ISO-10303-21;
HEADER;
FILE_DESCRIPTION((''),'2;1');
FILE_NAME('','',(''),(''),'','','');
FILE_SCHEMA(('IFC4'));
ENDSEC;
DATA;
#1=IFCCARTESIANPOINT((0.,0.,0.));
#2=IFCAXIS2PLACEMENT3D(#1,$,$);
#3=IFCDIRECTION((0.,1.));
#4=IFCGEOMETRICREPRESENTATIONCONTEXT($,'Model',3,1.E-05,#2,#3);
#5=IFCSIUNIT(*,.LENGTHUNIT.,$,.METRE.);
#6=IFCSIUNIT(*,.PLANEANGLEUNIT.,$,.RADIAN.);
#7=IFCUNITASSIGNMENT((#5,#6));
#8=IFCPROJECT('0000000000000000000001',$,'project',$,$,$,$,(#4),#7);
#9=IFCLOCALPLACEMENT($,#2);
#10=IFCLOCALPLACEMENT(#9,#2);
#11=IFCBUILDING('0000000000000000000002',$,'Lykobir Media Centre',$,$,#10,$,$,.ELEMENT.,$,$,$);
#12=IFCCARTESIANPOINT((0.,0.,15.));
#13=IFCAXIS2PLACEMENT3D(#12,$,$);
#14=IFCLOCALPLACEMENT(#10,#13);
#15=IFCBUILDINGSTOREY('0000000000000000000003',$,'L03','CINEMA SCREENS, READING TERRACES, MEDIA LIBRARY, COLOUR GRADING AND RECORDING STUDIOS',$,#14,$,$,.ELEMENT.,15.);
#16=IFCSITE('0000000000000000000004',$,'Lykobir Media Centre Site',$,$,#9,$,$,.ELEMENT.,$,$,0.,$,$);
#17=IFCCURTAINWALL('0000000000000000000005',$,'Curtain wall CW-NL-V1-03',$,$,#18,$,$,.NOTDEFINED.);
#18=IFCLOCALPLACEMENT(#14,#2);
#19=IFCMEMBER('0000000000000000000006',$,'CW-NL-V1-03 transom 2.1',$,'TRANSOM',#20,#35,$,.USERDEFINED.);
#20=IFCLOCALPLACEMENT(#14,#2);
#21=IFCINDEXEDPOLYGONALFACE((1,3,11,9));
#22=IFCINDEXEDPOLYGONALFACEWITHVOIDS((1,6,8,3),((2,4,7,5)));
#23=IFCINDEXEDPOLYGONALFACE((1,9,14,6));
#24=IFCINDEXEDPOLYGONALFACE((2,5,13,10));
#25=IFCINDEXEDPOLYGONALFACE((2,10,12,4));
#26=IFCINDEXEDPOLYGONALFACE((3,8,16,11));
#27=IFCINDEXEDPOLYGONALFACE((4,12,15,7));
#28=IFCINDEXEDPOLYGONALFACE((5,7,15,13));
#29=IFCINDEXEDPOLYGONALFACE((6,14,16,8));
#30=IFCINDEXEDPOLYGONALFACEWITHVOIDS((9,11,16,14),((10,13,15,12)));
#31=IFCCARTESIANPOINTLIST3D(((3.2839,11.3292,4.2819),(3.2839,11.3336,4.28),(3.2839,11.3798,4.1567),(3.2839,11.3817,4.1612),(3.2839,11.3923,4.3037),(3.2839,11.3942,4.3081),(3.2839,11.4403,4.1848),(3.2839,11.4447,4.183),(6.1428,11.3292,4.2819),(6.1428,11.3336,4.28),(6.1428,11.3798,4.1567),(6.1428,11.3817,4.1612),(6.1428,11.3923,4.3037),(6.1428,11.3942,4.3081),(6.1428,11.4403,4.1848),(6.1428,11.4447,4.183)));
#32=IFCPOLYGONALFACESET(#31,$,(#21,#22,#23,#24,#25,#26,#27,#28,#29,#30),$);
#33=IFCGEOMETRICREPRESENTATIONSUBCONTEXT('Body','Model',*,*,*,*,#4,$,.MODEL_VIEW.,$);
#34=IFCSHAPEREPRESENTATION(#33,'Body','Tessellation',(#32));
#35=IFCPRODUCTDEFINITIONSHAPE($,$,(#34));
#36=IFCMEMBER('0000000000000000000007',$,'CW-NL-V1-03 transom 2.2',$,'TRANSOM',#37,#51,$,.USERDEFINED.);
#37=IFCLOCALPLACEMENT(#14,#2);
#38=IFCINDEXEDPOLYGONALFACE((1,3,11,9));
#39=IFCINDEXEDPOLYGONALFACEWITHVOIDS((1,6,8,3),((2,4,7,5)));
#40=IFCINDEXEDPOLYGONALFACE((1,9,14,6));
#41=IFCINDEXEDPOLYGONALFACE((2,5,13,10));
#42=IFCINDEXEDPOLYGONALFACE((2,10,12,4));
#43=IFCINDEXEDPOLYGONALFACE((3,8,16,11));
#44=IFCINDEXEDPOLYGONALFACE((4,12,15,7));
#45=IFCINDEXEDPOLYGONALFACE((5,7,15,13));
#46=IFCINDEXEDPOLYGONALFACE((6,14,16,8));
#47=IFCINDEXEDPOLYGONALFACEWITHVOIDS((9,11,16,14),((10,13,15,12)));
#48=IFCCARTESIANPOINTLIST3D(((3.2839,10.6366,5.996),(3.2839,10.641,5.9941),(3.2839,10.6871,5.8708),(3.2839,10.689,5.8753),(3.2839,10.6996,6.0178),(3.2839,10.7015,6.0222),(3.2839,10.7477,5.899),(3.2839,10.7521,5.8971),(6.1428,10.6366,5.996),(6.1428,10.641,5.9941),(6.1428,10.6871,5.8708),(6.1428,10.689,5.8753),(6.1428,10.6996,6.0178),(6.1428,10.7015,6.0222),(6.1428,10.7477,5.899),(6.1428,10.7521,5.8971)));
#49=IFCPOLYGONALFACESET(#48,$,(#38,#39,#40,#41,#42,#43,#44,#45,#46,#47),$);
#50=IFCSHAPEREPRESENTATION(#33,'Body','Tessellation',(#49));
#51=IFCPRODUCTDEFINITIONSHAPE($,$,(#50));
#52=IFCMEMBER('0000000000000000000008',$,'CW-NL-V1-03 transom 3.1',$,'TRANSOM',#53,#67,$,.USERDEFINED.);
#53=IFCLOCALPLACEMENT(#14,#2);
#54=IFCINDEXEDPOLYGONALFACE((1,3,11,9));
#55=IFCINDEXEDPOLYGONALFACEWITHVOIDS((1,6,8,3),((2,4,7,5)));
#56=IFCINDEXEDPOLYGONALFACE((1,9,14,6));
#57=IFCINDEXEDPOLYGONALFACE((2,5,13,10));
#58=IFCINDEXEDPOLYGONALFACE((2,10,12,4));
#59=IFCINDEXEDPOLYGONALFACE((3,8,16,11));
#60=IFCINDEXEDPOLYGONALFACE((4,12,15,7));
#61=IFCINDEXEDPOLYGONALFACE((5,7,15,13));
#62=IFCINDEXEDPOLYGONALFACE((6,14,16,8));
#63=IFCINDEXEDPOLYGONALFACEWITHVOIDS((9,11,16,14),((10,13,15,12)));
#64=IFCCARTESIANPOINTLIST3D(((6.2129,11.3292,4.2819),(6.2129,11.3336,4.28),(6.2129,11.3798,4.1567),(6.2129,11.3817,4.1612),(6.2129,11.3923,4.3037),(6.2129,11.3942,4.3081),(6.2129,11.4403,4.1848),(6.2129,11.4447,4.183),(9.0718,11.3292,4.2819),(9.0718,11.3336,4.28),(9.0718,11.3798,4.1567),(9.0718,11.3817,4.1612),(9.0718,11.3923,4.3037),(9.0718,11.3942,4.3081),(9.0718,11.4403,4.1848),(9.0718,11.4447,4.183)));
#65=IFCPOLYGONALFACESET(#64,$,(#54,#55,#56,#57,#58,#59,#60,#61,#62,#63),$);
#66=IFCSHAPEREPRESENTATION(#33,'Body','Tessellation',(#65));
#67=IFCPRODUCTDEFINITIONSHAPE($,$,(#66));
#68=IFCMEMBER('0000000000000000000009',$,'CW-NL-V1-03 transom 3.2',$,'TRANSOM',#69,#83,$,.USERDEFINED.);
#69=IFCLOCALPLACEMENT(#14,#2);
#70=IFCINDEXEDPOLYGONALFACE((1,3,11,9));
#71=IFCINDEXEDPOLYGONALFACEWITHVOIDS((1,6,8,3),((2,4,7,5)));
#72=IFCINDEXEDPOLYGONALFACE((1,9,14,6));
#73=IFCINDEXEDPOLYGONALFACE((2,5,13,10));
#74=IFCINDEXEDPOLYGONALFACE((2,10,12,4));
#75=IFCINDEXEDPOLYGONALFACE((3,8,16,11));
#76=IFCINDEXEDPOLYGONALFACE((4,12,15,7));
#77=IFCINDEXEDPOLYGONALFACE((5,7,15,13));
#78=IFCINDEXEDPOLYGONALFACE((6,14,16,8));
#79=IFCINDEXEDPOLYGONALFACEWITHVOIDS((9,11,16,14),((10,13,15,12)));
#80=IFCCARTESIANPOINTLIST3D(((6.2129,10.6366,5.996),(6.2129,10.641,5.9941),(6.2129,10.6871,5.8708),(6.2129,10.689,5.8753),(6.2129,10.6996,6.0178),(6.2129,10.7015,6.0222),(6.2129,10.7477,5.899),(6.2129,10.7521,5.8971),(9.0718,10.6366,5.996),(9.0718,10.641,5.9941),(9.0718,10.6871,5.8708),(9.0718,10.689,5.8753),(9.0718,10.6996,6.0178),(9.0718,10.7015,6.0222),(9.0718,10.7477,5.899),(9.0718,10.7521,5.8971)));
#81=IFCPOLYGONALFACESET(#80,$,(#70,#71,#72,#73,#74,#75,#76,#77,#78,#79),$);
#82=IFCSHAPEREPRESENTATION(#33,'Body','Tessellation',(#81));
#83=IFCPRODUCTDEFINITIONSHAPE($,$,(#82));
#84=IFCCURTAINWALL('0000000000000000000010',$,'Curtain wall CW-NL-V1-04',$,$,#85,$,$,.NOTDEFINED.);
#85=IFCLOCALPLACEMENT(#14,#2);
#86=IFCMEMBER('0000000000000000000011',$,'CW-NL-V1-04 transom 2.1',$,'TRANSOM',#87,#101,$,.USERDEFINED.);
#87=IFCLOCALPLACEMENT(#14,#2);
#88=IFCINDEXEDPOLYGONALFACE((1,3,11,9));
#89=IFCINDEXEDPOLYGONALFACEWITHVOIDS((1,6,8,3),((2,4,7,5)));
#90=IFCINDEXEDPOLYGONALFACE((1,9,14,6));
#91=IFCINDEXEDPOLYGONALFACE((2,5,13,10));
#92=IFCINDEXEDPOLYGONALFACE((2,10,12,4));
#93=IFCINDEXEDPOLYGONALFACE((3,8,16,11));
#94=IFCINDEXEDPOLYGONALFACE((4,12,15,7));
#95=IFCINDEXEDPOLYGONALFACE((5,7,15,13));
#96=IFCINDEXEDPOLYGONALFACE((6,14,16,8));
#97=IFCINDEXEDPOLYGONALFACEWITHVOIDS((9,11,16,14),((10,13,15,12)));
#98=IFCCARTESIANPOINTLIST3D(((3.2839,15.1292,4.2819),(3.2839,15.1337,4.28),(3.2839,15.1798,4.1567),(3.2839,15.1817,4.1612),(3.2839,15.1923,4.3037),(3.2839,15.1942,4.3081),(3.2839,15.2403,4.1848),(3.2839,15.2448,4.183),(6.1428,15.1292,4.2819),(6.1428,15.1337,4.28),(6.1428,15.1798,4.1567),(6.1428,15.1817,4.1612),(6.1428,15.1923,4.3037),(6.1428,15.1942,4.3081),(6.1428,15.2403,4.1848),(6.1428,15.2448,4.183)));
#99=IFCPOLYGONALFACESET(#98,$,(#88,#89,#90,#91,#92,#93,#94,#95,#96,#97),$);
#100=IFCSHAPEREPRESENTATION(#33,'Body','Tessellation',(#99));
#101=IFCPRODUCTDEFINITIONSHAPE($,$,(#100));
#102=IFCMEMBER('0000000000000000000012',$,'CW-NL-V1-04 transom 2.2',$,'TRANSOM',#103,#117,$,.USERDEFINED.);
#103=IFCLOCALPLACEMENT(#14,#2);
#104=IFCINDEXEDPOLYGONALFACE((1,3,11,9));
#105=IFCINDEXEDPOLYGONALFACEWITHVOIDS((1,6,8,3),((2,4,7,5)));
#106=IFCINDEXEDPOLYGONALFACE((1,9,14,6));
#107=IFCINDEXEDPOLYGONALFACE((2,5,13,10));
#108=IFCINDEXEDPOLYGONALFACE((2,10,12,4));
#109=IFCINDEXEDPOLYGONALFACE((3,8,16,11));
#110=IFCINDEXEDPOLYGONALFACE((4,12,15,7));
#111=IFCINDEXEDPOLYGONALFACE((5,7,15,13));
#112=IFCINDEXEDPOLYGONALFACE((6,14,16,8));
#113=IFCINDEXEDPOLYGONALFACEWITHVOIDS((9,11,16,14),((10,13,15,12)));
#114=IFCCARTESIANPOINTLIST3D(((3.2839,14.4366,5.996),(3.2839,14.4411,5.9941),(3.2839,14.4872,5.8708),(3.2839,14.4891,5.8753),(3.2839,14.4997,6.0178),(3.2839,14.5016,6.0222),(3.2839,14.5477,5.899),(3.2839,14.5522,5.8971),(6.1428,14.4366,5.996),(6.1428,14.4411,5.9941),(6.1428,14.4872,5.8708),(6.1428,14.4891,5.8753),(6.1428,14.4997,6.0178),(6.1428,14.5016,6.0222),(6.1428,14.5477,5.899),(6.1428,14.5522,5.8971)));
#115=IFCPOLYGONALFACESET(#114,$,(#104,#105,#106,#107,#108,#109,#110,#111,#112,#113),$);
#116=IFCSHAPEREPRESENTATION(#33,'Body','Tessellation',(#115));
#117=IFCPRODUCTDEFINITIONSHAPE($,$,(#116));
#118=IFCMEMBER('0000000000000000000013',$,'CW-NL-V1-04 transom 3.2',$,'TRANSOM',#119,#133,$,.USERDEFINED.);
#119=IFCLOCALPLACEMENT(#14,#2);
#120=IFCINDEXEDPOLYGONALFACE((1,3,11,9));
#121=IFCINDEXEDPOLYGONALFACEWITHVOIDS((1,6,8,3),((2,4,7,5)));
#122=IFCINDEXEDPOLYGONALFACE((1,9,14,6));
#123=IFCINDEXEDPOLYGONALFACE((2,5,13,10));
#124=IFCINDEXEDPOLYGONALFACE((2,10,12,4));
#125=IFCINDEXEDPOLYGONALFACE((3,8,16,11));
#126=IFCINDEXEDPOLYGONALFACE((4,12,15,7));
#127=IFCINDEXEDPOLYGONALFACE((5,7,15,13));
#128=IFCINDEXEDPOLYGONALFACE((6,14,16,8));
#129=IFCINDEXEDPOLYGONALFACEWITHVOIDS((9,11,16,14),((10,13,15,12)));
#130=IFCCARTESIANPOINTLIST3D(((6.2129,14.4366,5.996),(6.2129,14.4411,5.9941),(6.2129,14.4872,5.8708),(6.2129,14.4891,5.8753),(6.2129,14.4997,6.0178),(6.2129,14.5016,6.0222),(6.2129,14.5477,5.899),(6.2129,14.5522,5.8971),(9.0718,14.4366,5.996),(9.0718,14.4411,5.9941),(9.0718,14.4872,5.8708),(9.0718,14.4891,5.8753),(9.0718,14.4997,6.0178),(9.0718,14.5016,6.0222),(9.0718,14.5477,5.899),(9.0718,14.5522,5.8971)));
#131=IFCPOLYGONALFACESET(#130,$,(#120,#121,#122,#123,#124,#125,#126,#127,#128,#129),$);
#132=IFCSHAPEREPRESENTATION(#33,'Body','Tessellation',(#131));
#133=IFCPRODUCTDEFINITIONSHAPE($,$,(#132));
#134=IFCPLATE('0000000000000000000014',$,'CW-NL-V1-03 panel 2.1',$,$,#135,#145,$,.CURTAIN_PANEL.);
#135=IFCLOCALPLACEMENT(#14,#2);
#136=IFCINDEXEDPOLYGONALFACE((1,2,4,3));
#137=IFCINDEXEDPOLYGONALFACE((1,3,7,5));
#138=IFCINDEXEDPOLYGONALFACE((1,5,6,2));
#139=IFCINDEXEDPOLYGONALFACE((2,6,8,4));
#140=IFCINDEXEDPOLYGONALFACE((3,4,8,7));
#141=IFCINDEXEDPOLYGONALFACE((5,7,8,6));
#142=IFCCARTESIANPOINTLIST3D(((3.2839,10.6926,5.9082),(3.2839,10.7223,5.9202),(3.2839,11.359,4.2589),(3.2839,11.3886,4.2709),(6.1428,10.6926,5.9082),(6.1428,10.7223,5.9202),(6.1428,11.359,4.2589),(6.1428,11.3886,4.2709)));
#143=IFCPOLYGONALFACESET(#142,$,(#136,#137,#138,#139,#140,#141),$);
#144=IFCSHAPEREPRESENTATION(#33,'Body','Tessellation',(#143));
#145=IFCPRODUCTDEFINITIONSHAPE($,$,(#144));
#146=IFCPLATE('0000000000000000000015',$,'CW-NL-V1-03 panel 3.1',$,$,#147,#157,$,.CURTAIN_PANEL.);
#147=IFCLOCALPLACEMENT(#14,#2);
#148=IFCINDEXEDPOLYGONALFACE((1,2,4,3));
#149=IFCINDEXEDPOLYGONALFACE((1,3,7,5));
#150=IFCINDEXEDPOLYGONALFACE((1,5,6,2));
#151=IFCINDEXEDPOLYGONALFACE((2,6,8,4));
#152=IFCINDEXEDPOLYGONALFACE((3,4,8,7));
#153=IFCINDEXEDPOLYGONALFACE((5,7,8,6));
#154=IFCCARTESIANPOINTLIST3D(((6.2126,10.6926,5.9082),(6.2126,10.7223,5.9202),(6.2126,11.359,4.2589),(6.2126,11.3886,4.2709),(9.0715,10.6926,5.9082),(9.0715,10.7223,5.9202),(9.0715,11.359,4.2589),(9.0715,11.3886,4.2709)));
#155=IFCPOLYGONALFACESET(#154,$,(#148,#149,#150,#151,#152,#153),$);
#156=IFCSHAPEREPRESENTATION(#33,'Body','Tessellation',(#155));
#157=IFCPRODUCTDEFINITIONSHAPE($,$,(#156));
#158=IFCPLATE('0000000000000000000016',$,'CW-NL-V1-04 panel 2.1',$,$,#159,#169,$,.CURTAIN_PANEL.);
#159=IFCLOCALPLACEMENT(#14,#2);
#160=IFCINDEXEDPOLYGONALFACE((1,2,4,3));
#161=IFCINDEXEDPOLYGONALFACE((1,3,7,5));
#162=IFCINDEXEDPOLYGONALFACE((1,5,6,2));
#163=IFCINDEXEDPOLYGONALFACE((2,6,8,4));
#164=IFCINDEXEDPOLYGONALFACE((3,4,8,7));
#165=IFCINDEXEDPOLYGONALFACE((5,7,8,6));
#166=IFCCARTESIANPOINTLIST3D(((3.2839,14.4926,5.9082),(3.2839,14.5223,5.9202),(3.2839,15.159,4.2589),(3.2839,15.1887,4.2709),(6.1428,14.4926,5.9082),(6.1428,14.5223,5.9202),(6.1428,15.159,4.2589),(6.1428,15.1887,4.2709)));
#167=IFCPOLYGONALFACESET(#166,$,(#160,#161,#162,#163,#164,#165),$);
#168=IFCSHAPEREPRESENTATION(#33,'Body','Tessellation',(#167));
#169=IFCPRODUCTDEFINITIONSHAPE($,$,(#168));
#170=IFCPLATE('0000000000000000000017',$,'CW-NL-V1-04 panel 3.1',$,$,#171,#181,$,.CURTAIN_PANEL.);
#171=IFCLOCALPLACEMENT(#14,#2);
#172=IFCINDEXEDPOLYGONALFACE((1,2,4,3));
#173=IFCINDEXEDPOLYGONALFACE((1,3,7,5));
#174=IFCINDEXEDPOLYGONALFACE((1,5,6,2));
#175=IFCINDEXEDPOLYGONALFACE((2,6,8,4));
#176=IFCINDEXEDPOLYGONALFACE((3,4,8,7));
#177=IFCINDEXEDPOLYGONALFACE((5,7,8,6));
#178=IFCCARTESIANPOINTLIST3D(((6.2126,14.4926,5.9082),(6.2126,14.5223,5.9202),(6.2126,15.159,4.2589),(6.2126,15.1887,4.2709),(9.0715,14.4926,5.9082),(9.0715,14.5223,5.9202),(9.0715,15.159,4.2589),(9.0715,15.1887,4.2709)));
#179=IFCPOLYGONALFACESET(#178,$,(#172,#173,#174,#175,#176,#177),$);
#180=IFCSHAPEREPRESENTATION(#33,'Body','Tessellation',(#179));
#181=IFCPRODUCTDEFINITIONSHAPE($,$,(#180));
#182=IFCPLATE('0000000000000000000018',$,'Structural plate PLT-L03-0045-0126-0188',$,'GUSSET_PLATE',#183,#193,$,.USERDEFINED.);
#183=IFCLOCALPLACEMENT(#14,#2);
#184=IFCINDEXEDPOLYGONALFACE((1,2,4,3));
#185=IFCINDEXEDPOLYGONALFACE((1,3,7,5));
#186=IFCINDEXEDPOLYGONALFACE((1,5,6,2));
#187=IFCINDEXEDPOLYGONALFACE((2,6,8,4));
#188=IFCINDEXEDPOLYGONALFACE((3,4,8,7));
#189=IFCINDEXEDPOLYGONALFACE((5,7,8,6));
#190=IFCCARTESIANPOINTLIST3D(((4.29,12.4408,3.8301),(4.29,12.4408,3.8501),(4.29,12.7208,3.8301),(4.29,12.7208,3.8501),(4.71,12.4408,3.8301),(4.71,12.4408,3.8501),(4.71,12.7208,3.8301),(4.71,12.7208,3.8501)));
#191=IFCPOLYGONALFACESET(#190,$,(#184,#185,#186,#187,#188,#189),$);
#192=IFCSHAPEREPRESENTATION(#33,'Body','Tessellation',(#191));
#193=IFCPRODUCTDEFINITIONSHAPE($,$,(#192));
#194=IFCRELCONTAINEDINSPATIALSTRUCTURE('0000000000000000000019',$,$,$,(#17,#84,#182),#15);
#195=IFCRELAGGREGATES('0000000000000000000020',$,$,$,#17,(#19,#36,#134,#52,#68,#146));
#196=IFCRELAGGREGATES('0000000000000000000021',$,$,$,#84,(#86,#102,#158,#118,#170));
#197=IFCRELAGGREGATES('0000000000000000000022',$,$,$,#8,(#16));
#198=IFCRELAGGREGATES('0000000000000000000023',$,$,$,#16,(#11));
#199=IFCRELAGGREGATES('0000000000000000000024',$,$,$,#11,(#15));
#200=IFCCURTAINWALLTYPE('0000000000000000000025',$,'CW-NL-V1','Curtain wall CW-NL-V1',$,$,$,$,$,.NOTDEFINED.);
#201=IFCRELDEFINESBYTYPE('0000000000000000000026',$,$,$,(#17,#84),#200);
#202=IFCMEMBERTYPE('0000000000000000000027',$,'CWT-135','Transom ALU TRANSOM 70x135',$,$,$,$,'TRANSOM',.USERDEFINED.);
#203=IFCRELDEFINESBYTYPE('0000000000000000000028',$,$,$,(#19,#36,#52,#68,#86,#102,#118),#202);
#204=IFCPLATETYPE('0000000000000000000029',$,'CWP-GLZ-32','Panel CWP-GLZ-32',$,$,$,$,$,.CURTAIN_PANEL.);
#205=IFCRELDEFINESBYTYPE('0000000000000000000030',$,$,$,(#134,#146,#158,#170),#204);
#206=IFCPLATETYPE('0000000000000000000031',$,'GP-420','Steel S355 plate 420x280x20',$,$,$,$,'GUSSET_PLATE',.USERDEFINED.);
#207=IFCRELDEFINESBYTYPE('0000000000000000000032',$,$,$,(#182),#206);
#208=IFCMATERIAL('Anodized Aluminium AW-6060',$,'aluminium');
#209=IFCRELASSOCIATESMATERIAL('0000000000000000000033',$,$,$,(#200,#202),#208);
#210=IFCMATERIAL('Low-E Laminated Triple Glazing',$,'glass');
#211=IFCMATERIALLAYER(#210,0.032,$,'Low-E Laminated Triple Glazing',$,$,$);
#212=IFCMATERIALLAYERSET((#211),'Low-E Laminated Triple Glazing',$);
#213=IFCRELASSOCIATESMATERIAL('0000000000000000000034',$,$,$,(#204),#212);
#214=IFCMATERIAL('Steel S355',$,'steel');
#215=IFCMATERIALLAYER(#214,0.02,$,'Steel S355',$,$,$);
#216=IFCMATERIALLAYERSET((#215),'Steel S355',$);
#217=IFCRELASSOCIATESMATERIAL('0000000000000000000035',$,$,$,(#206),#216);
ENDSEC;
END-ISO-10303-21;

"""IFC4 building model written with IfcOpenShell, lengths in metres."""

from ifc_helpers import new_model, si_unit, direction, frame, origin, origin_2d, place, context, subcontext, project, spatial, rectangle, hollow_rectangle, extrude, material, layer, layer_set, material_profile, profile_set, type_object, element, aggregate, save


model = new_model("IFC4")

# Units and contexts
model_context = context("Model", 3, precision=1e-05, world=origin(), true_north=direction((0.0, 1.0)))
body_context = subcontext(model_context, "Body", "Model", "MODEL_VIEW")
ifc_project = project(units=[si_unit("LENGTHUNIT", "METRE"), si_unit("PLANEANGLEUNIT", "RADIAN")], contexts=[model_context])

# Site, building, storey
site_placement = place(None, origin())
site = spatial("IfcSite", under=ifc_project, at=site_placement, Name="Lykobir Media Centre Site", CompositionType="ELEMENT", RefElevation=0.0)
building_placement = place(site_placement, origin())
building = spatial("IfcBuilding", under=site, at=building_placement, Name="Lykobir Media Centre", CompositionType="ELEMENT")
storey_placement = place(building_placement, frame((0.0, 0.0, 15.0)))
storey = spatial("IfcBuildingStorey", under=building, at=storey_placement, Name="L03", Description="CINEMA SCREENS, READING TERRACES, MEDIA LIBRARY, COLOUR GRADING AND RECORDING STUDIOS", CompositionType="ELEMENT", Elevation=15.0)

# Shared definitions
ifc_material_1 = material(Name="Steel S355", Category="steel")

# Curtain walls, members
ifc_material_2 = material(Name="Anodized Aluminium AW-6060", Category="aluminium")
curtain_wall_type = type_object("IfcCurtainWallType", Name="CW-NL-V1", Description="Curtain wall CW-NL-V1", PredefinedType="NOTDEFINED", material=ifc_material_2)
curtain_wall_1_placement = place(storey_placement, origin())
curtain_wall_1 = element("IfcCurtainWall", 1, at=curtain_wall_1_placement, inside=storey, type_object=curtain_wall_type, Name="Curtain wall CW-NL-V1-03", PredefinedType="NOTDEFINED")
ifc_material_profile_1 = material_profile(ifc_material_2, hollow_rectangle(XDim=0.0701, YDim=0.135, WallThickness=0.0034, at=origin_2d()), Name="ALU TRANSOM 70x135")
ifc_profile_set_1 = profile_set([ifc_material_profile_1], Name="Anodized Aluminium AW-6060")
member_type_1 = type_object("IfcMemberType", Name="CWT-135", Description="Transom ALU TRANSOM 70x135", ElementType="TRANSOM", PredefinedType="USERDEFINED", material=ifc_profile_set_1)
member_1_placement = place(storey_placement, frame((3.2839, 11.387, 4.2324), z_axis=(1.0, 0.0, 0.0), x_axis=(0.0, 0.927184, 0.374607)))
member_1 = element("IfcMember", 2, at=member_1_placement, type_object=member_type_1, Name="CW-NL-V1-03 transom 2.1", ObjectType="TRANSOM", PredefinedType="USERDEFINED", context=body_context, shape_type="SweptSolid", body=[
    extrude(hollow_rectangle(XDim=0.0701, YDim=0.135, WallThickness=0.0034, at=origin_2d()), origin(), (0.0, 0.0, 1.0), 2.8589),
])
member_2_placement = place(storey_placement, frame((3.2839, 10.6943, 5.9465), z_axis=(1.0, 0.0, 0.0), x_axis=(0.0, 0.927184, 0.374607)))
member_2 = element("IfcMember", 3, at=member_2_placement, type_object=member_type_1, Name="CW-NL-V1-03 transom 2.2", ObjectType="TRANSOM", PredefinedType="USERDEFINED", context=body_context, shape_type="SweptSolid", body=[
    extrude(hollow_rectangle(XDim=0.0701, YDim=0.135, WallThickness=0.0034, at=origin_2d()), origin(), (0.0, 0.0, 1.0), 2.8589),
])
member_3_placement = place(storey_placement, frame((6.2129, 11.387, 4.2324), z_axis=(1.0, 0.0, 0.0), x_axis=(0.0, 0.927184, 0.374607)))
member_3 = element("IfcMember", 4, at=member_3_placement, type_object=member_type_1, Name="CW-NL-V1-03 transom 3.1", ObjectType="TRANSOM", PredefinedType="USERDEFINED", context=body_context, shape_type="SweptSolid", body=[
    extrude(hollow_rectangle(XDim=0.0701, YDim=0.135, WallThickness=0.0034, at=origin_2d()), origin(), (0.0, 0.0, 1.0), 2.8589),
])
member_4_placement = place(storey_placement, frame((6.2129, 10.6943, 5.9465), z_axis=(1.0, 0.0, 0.0), x_axis=(0.0, 0.927184, 0.374607)))
member_4 = element("IfcMember", 5, at=member_4_placement, type_object=member_type_1, Name="CW-NL-V1-03 transom 3.2", ObjectType="TRANSOM", PredefinedType="USERDEFINED", context=body_context, shape_type="SweptSolid", body=[
    extrude(hollow_rectangle(XDim=0.0701, YDim=0.135, WallThickness=0.0034, at=origin_2d()), origin(), (0.0, 0.0, 1.0), 2.8589),
])
curtain_wall_2_placement = place(storey_placement, origin())
curtain_wall_2 = element("IfcCurtainWall", 6, at=curtain_wall_2_placement, inside=storey, type_object=curtain_wall_type, Name="Curtain wall CW-NL-V1-04", PredefinedType="NOTDEFINED")
member_5_placement = place(storey_placement, frame((3.2839, 15.187, 4.2324), z_axis=(1.0, 0.0, 0.0), x_axis=(0.0, 0.927184, 0.374607)))
member_5 = element("IfcMember", 7, at=member_5_placement, type_object=member_type_1, Name="CW-NL-V1-04 transom 2.1", ObjectType="TRANSOM", PredefinedType="USERDEFINED", context=body_context, shape_type="SweptSolid", body=[
    extrude(hollow_rectangle(XDim=0.0701, YDim=0.135, WallThickness=0.0034, at=origin_2d()), origin(), (0.0, 0.0, 1.0), 2.8589),
])
member_6_placement = place(storey_placement, frame((3.2839, 14.4944, 5.9465), z_axis=(1.0, 0.0, 0.0), x_axis=(0.0, 0.927184, 0.374607)))
member_6 = element("IfcMember", 8, at=member_6_placement, type_object=member_type_1, Name="CW-NL-V1-04 transom 2.2", ObjectType="TRANSOM", PredefinedType="USERDEFINED", context=body_context, shape_type="SweptSolid", body=[
    extrude(hollow_rectangle(XDim=0.0701, YDim=0.135, WallThickness=0.0034, at=origin_2d()), origin(), (0.0, 0.0, 1.0), 2.8589),
])
member_7_placement = place(storey_placement, frame((6.2129, 14.4944, 5.9465), z_axis=(1.0, 0.0, 0.0), x_axis=(0.0, 0.927184, 0.374607)))
member_7 = element("IfcMember", 9, at=member_7_placement, type_object=member_type_1, Name="CW-NL-V1-04 transom 3.2", ObjectType="TRANSOM", PredefinedType="USERDEFINED", context=body_context, shape_type="SweptSolid", body=[
    extrude(hollow_rectangle(XDim=0.0701, YDim=0.135, WallThickness=0.0034, at=origin_2d()), origin(), (0.0, 0.0, 1.0), 2.8589),
])

# Plates
ifc_material_3 = material(Name="Low-E Laminated Triple Glazing", Category="glass")
ifc_layer_1 = layer(ifc_material_3, 0.032, Name="Low-E Laminated Triple Glazing")
ifc_layer_set_1 = layer_set([ifc_layer_1], Name="Low-E Laminated Triple Glazing")
plate_type_1 = type_object("IfcPlateType", Name="CWP-GLZ-32", Description="Panel CWP-GLZ-32", PredefinedType="CURTAIN_PANEL", material=ifc_layer_set_1)
plate_1_placement = place(storey_placement, frame((4.7134, 11.3738, 4.2649), z_axis=(0.0, -0.374607, 0.927184), x_axis=(1.0, 0.0, 0.0)))
plate_1 = element("IfcPlate", 10, at=plate_1_placement, type_object=plate_type_1, Name="CW-NL-V1-03 panel 2.1", PredefinedType="CURTAIN_PANEL", context=body_context, shape_type="SweptSolid", body=[
    extrude(rectangle(XDim=2.8589, YDim=0.032, at=origin_2d()), origin(), (0.0, 0.0, 1.0), 1.7788),
])
plate_2_placement = place(storey_placement, frame((7.6421, 11.3738, 4.2649), z_axis=(0.0, -0.374607, 0.927184), x_axis=(1.0, 0.0, 0.0)))
plate_2 = element("IfcPlate", 11, at=plate_2_placement, type_object=plate_type_1, Name="CW-NL-V1-03 panel 3.1", PredefinedType="CURTAIN_PANEL", context=body_context, shape_type="SweptSolid", body=[
    extrude(rectangle(XDim=2.8589, YDim=0.032, at=origin_2d()), origin(), (0.0, 0.0, 1.0), 1.7788),
])
aggregate(curtain_wall_1, [member_1, member_2, plate_1, member_3, member_4, plate_2])
plate_3_placement = place(storey_placement, frame((4.7134, 15.1738, 4.2649), z_axis=(0.0, -0.374607, 0.927184), x_axis=(1.0, 0.0, 0.0)))
plate_3 = element("IfcPlate", 12, at=plate_3_placement, type_object=plate_type_1, Name="CW-NL-V1-04 panel 2.1", PredefinedType="CURTAIN_PANEL", context=body_context, shape_type="SweptSolid", body=[
    extrude(rectangle(XDim=2.8589, YDim=0.032, at=origin_2d()), origin(), (0.0, 0.0, 1.0), 1.7788),
])
plate_4_placement = place(storey_placement, frame((7.6421, 15.1738, 4.2649), z_axis=(0.0, -0.374607, 0.927184), x_axis=(1.0, 0.0, 0.0)))
plate_4 = element("IfcPlate", 13, at=plate_4_placement, type_object=plate_type_1, Name="CW-NL-V1-04 panel 3.1", PredefinedType="CURTAIN_PANEL", context=body_context, shape_type="SweptSolid", body=[
    extrude(rectangle(XDim=2.8589, YDim=0.032, at=origin_2d()), origin(), (0.0, 0.0, 1.0), 1.7788),
])
aggregate(curtain_wall_2, [member_5, member_6, plate_3, member_7, plate_4])

# Plate
ifc_layer_2 = layer(ifc_material_1, 0.02, Name="Steel S355")
ifc_layer_set_2 = layer_set([ifc_layer_2], Name="Steel S355")
plate_type_2 = type_object("IfcPlateType", Name="GP-420", Description="Steel S355 plate 420x280x20", ElementType="GUSSET_PLATE", PredefinedType="USERDEFINED", material=ifc_layer_set_2)
for number, where, z_axis, x_axis, name in (
    (14, (4.5, 12.5808, 3.8301), (0.0, 0.0, 1.0), (1.0, 0.0, 0.0), "Structural plate PLT-L03-0045-0126-0188"),
):
    element("IfcPlate", number, at=place(storey_placement, frame(where, z_axis=z_axis, x_axis=x_axis)), inside=storey, type_object=plate_type_2, Name=name, ObjectType="GUSSET_PLATE", PredefinedType="USERDEFINED", context=body_context, shape_type="SweptSolid", body=[
        extrude(rectangle(XDim=0.4199, YDim=0.28, at=origin_2d()), origin(), (0.0, 0.0, 1.0), 0.02),
    ])

save(model, "model.ifc")
